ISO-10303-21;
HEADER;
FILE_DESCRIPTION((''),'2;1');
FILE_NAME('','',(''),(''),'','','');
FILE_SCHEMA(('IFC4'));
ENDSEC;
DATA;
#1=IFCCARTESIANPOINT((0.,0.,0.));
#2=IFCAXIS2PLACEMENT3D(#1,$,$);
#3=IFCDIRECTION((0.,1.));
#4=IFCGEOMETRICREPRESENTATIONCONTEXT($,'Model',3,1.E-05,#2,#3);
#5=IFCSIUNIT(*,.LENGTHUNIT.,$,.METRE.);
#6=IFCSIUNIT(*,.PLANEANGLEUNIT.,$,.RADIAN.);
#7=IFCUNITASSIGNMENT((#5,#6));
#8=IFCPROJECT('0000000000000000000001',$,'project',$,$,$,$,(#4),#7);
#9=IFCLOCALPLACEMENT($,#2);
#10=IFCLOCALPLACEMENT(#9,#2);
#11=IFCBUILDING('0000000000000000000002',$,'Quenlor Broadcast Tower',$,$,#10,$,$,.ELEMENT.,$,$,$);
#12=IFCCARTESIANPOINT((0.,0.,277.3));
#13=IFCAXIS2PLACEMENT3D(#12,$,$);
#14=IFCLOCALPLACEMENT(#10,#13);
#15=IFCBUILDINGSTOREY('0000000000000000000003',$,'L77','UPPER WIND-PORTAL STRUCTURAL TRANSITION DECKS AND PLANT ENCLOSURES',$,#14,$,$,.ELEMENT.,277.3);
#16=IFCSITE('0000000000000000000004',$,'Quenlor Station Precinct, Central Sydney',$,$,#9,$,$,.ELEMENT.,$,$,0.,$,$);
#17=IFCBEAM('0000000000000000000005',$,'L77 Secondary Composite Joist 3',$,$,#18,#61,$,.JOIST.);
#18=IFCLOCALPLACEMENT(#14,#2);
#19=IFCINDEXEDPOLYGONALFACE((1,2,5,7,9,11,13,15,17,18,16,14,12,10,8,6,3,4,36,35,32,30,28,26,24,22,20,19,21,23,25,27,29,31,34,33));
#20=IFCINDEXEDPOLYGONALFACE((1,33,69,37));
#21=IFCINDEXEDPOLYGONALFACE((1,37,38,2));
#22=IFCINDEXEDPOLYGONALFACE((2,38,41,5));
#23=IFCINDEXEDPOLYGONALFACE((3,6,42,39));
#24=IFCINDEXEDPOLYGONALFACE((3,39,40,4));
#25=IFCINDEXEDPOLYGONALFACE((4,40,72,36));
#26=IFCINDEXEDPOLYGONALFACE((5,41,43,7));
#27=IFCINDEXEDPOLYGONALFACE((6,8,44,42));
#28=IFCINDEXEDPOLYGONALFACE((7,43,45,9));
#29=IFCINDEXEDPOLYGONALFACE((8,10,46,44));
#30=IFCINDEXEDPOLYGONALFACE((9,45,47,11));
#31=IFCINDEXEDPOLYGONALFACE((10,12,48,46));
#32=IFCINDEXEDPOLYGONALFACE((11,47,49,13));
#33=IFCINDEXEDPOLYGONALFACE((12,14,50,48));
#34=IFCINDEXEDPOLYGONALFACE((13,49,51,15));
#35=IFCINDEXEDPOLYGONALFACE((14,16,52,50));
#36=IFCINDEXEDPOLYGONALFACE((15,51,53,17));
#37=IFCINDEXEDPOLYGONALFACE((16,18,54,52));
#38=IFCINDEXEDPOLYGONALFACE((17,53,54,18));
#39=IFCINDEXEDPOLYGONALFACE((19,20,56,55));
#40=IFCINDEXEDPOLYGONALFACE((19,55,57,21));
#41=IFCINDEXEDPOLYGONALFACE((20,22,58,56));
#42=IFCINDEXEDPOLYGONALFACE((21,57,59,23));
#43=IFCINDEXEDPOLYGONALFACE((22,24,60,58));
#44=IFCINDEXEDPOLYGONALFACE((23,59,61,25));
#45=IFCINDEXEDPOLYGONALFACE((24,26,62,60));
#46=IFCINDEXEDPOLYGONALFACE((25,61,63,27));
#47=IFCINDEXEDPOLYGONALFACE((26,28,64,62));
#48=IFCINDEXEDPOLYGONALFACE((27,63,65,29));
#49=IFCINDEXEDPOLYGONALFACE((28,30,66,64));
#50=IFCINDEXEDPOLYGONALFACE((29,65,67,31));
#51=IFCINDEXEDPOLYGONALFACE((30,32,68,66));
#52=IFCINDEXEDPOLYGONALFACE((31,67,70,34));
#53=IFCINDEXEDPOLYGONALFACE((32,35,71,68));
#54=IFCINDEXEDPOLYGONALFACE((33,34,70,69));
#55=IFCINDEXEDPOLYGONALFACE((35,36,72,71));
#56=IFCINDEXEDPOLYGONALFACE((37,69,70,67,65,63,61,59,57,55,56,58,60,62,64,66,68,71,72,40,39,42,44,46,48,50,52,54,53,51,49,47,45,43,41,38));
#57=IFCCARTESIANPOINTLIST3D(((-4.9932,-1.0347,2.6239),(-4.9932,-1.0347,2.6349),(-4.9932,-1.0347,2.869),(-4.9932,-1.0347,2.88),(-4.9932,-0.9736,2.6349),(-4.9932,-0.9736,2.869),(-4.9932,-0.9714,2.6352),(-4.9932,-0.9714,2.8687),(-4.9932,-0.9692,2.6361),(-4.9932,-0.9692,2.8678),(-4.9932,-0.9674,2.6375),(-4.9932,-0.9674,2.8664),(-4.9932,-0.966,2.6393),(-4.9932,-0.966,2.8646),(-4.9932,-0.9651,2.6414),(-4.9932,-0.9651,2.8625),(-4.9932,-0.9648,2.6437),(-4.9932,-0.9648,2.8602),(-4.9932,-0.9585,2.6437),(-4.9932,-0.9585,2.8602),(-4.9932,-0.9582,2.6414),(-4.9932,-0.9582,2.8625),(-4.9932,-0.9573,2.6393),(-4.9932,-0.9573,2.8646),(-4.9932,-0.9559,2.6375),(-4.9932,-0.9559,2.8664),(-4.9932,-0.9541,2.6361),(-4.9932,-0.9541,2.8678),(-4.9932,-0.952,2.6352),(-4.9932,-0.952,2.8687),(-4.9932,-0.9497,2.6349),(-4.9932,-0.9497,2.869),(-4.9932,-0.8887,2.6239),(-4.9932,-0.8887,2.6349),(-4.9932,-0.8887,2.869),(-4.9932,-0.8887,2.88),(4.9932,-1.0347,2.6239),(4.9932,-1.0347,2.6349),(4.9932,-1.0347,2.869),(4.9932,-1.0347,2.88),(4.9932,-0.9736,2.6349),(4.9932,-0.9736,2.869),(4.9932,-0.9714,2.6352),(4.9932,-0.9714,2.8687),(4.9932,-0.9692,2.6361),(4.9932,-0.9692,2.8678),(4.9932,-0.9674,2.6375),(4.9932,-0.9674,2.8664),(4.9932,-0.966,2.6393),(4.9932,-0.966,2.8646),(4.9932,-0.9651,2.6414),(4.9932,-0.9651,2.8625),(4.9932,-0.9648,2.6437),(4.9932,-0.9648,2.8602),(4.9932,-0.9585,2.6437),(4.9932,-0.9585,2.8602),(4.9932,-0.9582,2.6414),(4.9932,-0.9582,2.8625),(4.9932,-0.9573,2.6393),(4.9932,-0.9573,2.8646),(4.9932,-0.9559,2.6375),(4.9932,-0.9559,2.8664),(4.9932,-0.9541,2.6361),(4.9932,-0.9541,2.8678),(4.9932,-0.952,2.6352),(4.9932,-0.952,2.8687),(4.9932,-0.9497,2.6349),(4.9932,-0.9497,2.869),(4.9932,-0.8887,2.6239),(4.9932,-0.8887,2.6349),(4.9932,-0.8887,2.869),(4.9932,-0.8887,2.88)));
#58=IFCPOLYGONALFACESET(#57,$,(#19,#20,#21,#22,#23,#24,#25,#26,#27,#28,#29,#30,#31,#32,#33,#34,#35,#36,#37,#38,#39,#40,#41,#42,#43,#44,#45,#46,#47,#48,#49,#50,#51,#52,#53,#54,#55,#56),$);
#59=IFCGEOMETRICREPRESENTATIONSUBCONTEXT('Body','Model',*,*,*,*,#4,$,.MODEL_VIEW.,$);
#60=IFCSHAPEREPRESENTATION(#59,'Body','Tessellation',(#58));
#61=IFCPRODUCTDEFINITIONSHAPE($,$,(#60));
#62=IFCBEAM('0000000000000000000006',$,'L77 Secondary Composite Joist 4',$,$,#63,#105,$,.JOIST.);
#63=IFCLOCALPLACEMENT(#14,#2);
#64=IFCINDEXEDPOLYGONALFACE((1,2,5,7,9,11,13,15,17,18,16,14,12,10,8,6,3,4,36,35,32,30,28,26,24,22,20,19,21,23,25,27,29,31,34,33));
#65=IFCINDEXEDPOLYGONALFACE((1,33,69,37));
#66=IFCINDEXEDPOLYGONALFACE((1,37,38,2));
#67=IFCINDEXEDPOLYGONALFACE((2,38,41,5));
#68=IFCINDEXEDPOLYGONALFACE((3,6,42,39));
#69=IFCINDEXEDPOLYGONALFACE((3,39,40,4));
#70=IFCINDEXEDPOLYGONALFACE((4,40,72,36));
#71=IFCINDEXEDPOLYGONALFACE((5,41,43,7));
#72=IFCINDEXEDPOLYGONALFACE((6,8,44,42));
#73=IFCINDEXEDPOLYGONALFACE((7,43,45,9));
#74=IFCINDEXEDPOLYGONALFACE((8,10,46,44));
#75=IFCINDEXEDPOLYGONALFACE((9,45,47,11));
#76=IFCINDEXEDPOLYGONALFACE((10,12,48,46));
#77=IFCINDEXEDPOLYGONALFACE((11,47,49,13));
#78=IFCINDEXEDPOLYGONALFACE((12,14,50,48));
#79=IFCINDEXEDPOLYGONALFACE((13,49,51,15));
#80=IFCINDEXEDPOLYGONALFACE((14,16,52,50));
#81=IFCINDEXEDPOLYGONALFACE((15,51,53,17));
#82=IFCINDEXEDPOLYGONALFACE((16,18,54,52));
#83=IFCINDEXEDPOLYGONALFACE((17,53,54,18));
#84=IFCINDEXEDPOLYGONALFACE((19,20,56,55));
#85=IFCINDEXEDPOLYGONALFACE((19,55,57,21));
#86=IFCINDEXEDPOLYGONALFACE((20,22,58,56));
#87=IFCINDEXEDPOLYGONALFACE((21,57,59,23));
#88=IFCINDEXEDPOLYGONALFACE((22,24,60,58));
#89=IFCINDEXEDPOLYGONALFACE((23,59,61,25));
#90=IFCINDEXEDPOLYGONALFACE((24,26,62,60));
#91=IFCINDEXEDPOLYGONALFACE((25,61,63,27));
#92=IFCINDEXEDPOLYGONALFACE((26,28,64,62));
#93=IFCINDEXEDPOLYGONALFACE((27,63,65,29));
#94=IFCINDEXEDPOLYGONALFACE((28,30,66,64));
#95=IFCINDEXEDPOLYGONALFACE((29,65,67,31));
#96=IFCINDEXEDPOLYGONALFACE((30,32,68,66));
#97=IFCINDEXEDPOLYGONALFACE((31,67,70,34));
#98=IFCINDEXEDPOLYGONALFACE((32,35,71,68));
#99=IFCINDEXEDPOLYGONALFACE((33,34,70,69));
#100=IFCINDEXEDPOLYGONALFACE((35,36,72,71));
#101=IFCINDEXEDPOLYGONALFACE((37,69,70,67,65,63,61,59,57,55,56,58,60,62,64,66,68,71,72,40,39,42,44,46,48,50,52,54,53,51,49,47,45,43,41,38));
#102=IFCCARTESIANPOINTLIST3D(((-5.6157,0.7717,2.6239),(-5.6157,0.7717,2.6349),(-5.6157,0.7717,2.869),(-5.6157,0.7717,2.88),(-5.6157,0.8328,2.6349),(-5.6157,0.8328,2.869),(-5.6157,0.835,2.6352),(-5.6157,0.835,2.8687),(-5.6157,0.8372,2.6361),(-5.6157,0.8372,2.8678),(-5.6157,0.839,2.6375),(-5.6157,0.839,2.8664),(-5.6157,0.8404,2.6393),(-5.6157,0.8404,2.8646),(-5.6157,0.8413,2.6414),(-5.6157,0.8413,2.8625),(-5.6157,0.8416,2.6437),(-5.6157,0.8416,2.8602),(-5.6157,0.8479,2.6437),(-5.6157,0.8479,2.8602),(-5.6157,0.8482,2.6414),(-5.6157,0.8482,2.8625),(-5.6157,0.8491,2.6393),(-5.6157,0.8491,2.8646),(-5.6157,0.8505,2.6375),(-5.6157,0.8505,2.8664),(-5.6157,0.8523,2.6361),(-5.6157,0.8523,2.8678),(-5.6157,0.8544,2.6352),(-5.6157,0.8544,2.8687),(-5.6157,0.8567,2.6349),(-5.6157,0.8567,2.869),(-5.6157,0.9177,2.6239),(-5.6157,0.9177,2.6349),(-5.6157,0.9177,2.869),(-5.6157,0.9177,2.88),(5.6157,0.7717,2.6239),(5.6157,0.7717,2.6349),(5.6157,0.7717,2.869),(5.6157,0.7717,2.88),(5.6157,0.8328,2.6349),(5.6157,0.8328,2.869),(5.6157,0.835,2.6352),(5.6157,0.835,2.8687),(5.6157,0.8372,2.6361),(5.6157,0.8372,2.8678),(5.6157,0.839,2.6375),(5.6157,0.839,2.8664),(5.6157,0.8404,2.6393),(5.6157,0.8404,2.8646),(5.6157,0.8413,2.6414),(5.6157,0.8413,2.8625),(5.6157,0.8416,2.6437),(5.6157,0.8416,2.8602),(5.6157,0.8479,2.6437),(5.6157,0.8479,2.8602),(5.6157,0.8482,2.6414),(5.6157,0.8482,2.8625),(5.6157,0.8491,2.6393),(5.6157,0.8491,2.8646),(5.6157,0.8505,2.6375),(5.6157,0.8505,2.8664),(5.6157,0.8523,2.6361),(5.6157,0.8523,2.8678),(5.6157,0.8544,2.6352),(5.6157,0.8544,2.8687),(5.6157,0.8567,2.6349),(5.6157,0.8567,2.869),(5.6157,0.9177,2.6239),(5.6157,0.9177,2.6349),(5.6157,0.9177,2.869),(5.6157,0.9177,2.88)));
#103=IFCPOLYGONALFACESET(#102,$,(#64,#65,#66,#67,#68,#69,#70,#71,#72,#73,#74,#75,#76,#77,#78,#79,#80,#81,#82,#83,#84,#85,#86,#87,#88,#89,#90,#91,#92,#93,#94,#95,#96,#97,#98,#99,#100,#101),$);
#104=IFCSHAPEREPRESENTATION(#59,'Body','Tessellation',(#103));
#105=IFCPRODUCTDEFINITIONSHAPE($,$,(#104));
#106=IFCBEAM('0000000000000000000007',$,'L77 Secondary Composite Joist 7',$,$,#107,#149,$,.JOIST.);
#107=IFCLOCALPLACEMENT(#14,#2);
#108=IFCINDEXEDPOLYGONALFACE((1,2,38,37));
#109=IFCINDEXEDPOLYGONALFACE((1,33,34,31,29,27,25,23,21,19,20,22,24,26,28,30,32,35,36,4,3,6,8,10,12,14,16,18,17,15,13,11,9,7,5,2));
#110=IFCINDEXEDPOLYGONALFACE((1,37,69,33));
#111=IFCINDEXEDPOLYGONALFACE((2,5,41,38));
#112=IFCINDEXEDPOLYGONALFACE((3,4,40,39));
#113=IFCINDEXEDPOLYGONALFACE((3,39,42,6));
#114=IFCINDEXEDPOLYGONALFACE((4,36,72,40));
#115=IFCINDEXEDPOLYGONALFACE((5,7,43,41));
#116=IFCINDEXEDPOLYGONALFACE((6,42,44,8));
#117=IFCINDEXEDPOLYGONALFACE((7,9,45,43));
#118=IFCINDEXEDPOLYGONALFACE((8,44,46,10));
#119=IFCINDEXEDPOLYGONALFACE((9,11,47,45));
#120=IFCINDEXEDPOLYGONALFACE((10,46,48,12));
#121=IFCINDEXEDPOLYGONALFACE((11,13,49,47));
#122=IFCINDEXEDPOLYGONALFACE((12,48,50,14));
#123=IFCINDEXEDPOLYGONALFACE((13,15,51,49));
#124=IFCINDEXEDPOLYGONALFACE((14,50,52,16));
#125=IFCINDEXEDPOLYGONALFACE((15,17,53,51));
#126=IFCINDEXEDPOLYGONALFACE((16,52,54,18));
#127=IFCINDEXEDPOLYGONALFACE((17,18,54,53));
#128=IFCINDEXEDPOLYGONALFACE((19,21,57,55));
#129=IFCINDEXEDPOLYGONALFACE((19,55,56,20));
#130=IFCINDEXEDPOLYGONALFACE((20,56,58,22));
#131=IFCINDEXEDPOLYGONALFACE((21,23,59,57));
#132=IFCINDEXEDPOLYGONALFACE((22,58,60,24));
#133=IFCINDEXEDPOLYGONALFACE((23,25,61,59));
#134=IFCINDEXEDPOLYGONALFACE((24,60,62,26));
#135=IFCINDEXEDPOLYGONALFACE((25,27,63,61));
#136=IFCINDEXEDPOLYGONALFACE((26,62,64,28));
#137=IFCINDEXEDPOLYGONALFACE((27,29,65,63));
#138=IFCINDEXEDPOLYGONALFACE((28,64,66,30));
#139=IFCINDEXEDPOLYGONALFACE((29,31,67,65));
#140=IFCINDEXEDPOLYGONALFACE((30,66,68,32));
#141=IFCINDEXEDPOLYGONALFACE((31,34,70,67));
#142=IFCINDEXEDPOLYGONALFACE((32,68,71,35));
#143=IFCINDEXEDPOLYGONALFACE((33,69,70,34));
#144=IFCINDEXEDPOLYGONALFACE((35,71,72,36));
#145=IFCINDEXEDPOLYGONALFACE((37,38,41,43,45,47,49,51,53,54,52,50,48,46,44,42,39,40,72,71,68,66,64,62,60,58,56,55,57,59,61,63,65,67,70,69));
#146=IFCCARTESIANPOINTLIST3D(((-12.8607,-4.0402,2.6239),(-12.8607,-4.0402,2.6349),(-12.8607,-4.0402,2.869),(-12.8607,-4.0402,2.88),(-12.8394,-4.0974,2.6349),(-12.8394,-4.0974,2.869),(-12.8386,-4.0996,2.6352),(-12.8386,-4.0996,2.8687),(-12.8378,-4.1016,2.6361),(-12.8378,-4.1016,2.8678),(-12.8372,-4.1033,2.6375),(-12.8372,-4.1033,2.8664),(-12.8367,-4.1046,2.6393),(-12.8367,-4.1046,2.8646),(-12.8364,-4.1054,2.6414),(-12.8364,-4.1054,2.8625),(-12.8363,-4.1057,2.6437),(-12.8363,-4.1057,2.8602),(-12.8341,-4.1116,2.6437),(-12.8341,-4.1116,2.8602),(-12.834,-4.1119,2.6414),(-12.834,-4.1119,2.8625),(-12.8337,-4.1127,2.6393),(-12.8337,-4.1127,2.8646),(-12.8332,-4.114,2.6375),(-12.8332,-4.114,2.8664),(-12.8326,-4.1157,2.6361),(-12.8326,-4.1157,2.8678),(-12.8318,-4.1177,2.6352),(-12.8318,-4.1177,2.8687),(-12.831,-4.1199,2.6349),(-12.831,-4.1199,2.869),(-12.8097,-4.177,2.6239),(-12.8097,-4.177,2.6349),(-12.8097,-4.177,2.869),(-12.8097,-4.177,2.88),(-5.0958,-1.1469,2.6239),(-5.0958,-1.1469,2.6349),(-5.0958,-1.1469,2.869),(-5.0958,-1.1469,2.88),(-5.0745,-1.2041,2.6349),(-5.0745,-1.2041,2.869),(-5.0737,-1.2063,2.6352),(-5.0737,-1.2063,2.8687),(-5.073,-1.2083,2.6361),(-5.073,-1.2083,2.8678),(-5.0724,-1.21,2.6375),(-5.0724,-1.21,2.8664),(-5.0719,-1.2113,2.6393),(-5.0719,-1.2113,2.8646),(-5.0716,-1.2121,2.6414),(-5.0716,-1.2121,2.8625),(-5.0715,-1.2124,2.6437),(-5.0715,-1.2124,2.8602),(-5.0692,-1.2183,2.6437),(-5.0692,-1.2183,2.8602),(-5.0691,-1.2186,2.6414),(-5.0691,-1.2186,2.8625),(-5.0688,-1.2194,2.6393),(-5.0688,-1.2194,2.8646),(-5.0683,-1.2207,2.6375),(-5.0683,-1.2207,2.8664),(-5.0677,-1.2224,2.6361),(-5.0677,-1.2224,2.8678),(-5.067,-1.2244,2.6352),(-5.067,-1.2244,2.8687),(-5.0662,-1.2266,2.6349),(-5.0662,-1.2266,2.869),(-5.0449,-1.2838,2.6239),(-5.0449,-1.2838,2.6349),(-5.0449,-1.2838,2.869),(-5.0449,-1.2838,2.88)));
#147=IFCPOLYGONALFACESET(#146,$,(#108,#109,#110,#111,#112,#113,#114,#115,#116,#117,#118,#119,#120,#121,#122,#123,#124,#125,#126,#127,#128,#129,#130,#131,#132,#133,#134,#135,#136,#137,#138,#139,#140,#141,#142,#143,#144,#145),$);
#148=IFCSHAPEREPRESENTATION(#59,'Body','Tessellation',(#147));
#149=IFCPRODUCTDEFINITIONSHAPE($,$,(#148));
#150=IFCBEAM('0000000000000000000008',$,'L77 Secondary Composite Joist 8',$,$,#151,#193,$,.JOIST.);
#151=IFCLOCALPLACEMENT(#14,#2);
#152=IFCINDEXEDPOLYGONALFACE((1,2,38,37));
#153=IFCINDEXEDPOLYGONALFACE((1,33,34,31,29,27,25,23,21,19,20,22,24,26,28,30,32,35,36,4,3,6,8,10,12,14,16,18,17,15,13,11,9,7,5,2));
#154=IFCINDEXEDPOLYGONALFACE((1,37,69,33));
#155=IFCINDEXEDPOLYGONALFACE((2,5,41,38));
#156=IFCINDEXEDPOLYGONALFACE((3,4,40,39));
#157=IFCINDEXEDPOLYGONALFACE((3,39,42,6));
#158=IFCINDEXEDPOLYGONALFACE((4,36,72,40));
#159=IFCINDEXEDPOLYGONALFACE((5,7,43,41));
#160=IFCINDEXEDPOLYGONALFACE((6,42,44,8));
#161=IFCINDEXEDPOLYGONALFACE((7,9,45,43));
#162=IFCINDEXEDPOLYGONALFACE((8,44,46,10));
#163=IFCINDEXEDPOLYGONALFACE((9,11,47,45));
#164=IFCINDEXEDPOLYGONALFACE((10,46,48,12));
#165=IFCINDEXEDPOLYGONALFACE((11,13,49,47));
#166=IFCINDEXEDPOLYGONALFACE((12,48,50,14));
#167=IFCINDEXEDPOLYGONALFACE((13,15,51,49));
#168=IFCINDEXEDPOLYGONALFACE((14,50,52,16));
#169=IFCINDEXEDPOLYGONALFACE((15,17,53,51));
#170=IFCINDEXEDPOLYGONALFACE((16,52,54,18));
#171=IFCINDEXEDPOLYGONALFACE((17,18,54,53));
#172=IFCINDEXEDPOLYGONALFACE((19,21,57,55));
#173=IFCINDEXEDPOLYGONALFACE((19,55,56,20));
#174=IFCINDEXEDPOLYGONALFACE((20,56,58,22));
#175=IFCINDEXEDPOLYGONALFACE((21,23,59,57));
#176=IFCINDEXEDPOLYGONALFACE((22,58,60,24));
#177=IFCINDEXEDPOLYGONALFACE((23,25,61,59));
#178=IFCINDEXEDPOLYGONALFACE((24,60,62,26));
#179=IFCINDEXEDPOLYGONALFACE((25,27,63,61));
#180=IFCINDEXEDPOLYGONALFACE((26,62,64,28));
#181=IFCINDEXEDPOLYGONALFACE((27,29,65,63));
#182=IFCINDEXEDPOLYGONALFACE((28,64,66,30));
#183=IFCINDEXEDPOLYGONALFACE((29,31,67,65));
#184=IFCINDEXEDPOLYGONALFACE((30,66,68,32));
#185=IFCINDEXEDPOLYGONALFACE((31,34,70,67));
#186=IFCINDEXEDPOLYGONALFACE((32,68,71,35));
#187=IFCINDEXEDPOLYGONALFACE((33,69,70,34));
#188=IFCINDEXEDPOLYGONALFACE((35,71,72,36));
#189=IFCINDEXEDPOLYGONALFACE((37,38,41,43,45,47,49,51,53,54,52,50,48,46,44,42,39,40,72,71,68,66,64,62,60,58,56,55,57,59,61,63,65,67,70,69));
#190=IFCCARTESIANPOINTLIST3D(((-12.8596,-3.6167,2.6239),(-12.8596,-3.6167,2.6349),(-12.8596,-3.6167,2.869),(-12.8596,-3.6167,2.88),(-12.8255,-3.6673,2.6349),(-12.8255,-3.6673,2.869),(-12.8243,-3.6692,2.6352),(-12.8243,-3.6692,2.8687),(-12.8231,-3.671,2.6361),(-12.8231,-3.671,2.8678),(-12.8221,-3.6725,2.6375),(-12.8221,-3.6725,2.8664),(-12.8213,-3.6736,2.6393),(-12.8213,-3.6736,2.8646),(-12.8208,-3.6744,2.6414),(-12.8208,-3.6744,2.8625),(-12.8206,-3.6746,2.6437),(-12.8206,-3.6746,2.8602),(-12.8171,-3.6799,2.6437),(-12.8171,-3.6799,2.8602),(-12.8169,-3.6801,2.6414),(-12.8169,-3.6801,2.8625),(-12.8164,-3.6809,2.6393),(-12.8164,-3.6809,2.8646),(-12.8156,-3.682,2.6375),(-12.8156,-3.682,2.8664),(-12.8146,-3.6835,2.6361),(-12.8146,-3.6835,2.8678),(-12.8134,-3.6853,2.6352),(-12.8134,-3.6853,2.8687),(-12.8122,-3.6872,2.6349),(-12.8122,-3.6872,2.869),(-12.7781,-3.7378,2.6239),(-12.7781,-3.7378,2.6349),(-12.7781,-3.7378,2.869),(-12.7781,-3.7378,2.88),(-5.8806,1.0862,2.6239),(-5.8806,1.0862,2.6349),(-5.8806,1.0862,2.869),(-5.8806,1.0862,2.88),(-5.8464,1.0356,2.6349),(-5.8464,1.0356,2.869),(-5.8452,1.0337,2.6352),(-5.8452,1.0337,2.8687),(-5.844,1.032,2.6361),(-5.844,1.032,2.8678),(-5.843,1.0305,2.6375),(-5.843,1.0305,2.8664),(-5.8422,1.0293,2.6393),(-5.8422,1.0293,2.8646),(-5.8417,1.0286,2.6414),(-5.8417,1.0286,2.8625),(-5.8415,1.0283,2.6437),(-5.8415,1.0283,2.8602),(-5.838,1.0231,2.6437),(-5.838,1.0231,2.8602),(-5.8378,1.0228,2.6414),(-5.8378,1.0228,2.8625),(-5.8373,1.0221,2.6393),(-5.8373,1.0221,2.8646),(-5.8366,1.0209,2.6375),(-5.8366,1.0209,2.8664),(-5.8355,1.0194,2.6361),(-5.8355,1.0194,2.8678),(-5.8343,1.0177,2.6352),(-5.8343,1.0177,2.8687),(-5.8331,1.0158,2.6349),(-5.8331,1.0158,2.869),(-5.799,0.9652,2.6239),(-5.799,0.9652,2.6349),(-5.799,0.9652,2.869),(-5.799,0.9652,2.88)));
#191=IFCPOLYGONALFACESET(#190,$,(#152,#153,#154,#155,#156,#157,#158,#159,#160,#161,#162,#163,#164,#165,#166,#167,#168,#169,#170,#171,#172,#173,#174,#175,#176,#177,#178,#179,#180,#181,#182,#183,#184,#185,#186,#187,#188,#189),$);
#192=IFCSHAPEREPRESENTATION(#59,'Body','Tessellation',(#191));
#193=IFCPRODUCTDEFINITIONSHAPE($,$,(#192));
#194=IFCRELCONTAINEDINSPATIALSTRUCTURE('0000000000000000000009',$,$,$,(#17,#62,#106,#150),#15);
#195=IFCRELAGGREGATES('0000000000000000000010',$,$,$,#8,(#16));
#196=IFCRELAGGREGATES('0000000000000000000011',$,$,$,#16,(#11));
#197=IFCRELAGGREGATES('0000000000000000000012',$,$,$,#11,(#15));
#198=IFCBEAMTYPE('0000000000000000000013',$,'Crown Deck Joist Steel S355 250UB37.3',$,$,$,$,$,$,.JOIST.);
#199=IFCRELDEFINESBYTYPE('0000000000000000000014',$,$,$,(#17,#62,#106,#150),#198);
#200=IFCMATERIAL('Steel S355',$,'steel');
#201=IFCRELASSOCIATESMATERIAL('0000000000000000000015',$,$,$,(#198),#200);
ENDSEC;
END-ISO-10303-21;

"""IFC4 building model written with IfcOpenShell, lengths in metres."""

from ifc_helpers import new_model, si_unit, direction, frame, origin, origin_2d, place, context, subcontext, project, spatial, i_section, extrude, material, material_profile, profile_set, type_object, element, save


model = new_model("IFC4")

# Units and contexts
model_context = context("Model", 3, precision=1e-05, world=origin(), true_north=direction((0.0, 1.0)))
body_context = subcontext(model_context, "Body", "Model", "MODEL_VIEW")
ifc_project = project(units=[si_unit("LENGTHUNIT", "METRE"), si_unit("PLANEANGLEUNIT", "RADIAN")], contexts=[model_context])

# Site, building, storey
site_placement = place(None, origin())
site = spatial("IfcSite", under=ifc_project, at=site_placement, Name="Quenlor Station Precinct, Central Sydney", CompositionType="ELEMENT", RefElevation=0.0)
building_placement = place(site_placement, origin())
building = spatial("IfcBuilding", under=site, at=building_placement, Name="Quenlor Broadcast Tower", CompositionType="ELEMENT")
storey_placement = place(building_placement, frame((0.0, 0.0, 277.3)))
storey = spatial("IfcBuildingStorey", under=building, at=storey_placement, Name="L77", Description="UPPER WIND-PORTAL STRUCTURAL TRANSITION DECKS AND PLANT ENCLOSURES", CompositionType="ELEMENT", Elevation=277.3)

# Beams
ifc_material_1 = material(Name="Steel S355", Category="steel")
ifc_material_profile_1 = material_profile(ifc_material_1, i_section(OverallWidth=0.146, OverallDepth=0.2561, WebThickness=0.0063, FlangeThickness=0.011, FilletRadius=0.0088, at=origin_2d()))
ifc_profile_set_1 = profile_set([ifc_material_profile_1], Name="Steel S355 250UB37.3")
beam_type_1 = type_object("IfcBeamType", Name="Crown Deck Joist Steel S355 250UB37.3", PredefinedType="JOIST", material=ifc_profile_set_1)
beam_1_placement = place(storey_placement, frame((-4.9932, -0.9617, 2.752), z_axis=(1.0, 0.0, 0.0), x_axis=(0.0, 1.0, 0.0)))
element("IfcBeam", 1, at=beam_1_placement, inside=storey, type_object=beam_type_1, Name="L77 Secondary Composite Joist 3", PredefinedType="JOIST", context=body_context, shape_type="SweptSolid", body=[
    extrude(i_section(OverallWidth=0.146, OverallDepth=0.2561, WebThickness=0.0063, FlangeThickness=0.011, FilletRadius=0.0088, at=origin_2d()), origin(), (0.0, 0.0, 1.0), 9.9863),
])
beam_2_placement = place(storey_placement, frame((-5.6157, 0.8447, 2.752), z_axis=(1.0, 0.0, 0.0), x_axis=(0.0, 1.0, 0.0)))
element("IfcBeam", 2, at=beam_2_placement, inside=storey, type_object=beam_type_1, Name="L77 Secondary Composite Joist 4", PredefinedType="JOIST", context=body_context, shape_type="SweptSolid", body=[
    extrude(i_section(OverallWidth=0.146, OverallDepth=0.2561, WebThickness=0.0063, FlangeThickness=0.011, FilletRadius=0.0088, at=origin_2d()), origin(), (0.0, 0.0, 1.0), 11.2314),
])
beam_3_placement = place(storey_placement, frame((-12.8352, -4.1086, 2.752), z_axis=(0.937062, 0.349163, 0.0), x_axis=(-0.349163, 0.937062, 0.0)))
element("IfcBeam", 3, at=beam_3_placement, inside=storey, type_object=beam_type_1, Name="L77 Secondary Composite Joist 7", PredefinedType="JOIST", context=body_context, shape_type="SweptSolid", body=[
    extrude(i_section(OverallWidth=0.146, OverallDepth=0.2561, WebThickness=0.0063, FlangeThickness=0.011, FilletRadius=0.0088, at=origin_2d()), origin(), (0.0, 0.0, 1.0), 8.2864),
])
beam_4_placement = place(storey_placement, frame((-12.8188, -3.6772, 2.752), z_axis=(0.829286, 0.558824, 0.0), x_axis=(-0.558824, 0.829286, 0.0)))
element("IfcBeam", 4, at=beam_4_placement, inside=storey, type_object=beam_type_1, Name="L77 Secondary Composite Joist 8", PredefinedType="JOIST", context=body_context, shape_type="SweptSolid", body=[
    extrude(i_section(OverallWidth=0.146, OverallDepth=0.2561, WebThickness=0.0063, FlangeThickness=0.011, FilletRadius=0.0088, at=origin_2d()), origin(), (0.0, 0.0, 1.0), 8.4158),
])

save(model, "model.ifc")
